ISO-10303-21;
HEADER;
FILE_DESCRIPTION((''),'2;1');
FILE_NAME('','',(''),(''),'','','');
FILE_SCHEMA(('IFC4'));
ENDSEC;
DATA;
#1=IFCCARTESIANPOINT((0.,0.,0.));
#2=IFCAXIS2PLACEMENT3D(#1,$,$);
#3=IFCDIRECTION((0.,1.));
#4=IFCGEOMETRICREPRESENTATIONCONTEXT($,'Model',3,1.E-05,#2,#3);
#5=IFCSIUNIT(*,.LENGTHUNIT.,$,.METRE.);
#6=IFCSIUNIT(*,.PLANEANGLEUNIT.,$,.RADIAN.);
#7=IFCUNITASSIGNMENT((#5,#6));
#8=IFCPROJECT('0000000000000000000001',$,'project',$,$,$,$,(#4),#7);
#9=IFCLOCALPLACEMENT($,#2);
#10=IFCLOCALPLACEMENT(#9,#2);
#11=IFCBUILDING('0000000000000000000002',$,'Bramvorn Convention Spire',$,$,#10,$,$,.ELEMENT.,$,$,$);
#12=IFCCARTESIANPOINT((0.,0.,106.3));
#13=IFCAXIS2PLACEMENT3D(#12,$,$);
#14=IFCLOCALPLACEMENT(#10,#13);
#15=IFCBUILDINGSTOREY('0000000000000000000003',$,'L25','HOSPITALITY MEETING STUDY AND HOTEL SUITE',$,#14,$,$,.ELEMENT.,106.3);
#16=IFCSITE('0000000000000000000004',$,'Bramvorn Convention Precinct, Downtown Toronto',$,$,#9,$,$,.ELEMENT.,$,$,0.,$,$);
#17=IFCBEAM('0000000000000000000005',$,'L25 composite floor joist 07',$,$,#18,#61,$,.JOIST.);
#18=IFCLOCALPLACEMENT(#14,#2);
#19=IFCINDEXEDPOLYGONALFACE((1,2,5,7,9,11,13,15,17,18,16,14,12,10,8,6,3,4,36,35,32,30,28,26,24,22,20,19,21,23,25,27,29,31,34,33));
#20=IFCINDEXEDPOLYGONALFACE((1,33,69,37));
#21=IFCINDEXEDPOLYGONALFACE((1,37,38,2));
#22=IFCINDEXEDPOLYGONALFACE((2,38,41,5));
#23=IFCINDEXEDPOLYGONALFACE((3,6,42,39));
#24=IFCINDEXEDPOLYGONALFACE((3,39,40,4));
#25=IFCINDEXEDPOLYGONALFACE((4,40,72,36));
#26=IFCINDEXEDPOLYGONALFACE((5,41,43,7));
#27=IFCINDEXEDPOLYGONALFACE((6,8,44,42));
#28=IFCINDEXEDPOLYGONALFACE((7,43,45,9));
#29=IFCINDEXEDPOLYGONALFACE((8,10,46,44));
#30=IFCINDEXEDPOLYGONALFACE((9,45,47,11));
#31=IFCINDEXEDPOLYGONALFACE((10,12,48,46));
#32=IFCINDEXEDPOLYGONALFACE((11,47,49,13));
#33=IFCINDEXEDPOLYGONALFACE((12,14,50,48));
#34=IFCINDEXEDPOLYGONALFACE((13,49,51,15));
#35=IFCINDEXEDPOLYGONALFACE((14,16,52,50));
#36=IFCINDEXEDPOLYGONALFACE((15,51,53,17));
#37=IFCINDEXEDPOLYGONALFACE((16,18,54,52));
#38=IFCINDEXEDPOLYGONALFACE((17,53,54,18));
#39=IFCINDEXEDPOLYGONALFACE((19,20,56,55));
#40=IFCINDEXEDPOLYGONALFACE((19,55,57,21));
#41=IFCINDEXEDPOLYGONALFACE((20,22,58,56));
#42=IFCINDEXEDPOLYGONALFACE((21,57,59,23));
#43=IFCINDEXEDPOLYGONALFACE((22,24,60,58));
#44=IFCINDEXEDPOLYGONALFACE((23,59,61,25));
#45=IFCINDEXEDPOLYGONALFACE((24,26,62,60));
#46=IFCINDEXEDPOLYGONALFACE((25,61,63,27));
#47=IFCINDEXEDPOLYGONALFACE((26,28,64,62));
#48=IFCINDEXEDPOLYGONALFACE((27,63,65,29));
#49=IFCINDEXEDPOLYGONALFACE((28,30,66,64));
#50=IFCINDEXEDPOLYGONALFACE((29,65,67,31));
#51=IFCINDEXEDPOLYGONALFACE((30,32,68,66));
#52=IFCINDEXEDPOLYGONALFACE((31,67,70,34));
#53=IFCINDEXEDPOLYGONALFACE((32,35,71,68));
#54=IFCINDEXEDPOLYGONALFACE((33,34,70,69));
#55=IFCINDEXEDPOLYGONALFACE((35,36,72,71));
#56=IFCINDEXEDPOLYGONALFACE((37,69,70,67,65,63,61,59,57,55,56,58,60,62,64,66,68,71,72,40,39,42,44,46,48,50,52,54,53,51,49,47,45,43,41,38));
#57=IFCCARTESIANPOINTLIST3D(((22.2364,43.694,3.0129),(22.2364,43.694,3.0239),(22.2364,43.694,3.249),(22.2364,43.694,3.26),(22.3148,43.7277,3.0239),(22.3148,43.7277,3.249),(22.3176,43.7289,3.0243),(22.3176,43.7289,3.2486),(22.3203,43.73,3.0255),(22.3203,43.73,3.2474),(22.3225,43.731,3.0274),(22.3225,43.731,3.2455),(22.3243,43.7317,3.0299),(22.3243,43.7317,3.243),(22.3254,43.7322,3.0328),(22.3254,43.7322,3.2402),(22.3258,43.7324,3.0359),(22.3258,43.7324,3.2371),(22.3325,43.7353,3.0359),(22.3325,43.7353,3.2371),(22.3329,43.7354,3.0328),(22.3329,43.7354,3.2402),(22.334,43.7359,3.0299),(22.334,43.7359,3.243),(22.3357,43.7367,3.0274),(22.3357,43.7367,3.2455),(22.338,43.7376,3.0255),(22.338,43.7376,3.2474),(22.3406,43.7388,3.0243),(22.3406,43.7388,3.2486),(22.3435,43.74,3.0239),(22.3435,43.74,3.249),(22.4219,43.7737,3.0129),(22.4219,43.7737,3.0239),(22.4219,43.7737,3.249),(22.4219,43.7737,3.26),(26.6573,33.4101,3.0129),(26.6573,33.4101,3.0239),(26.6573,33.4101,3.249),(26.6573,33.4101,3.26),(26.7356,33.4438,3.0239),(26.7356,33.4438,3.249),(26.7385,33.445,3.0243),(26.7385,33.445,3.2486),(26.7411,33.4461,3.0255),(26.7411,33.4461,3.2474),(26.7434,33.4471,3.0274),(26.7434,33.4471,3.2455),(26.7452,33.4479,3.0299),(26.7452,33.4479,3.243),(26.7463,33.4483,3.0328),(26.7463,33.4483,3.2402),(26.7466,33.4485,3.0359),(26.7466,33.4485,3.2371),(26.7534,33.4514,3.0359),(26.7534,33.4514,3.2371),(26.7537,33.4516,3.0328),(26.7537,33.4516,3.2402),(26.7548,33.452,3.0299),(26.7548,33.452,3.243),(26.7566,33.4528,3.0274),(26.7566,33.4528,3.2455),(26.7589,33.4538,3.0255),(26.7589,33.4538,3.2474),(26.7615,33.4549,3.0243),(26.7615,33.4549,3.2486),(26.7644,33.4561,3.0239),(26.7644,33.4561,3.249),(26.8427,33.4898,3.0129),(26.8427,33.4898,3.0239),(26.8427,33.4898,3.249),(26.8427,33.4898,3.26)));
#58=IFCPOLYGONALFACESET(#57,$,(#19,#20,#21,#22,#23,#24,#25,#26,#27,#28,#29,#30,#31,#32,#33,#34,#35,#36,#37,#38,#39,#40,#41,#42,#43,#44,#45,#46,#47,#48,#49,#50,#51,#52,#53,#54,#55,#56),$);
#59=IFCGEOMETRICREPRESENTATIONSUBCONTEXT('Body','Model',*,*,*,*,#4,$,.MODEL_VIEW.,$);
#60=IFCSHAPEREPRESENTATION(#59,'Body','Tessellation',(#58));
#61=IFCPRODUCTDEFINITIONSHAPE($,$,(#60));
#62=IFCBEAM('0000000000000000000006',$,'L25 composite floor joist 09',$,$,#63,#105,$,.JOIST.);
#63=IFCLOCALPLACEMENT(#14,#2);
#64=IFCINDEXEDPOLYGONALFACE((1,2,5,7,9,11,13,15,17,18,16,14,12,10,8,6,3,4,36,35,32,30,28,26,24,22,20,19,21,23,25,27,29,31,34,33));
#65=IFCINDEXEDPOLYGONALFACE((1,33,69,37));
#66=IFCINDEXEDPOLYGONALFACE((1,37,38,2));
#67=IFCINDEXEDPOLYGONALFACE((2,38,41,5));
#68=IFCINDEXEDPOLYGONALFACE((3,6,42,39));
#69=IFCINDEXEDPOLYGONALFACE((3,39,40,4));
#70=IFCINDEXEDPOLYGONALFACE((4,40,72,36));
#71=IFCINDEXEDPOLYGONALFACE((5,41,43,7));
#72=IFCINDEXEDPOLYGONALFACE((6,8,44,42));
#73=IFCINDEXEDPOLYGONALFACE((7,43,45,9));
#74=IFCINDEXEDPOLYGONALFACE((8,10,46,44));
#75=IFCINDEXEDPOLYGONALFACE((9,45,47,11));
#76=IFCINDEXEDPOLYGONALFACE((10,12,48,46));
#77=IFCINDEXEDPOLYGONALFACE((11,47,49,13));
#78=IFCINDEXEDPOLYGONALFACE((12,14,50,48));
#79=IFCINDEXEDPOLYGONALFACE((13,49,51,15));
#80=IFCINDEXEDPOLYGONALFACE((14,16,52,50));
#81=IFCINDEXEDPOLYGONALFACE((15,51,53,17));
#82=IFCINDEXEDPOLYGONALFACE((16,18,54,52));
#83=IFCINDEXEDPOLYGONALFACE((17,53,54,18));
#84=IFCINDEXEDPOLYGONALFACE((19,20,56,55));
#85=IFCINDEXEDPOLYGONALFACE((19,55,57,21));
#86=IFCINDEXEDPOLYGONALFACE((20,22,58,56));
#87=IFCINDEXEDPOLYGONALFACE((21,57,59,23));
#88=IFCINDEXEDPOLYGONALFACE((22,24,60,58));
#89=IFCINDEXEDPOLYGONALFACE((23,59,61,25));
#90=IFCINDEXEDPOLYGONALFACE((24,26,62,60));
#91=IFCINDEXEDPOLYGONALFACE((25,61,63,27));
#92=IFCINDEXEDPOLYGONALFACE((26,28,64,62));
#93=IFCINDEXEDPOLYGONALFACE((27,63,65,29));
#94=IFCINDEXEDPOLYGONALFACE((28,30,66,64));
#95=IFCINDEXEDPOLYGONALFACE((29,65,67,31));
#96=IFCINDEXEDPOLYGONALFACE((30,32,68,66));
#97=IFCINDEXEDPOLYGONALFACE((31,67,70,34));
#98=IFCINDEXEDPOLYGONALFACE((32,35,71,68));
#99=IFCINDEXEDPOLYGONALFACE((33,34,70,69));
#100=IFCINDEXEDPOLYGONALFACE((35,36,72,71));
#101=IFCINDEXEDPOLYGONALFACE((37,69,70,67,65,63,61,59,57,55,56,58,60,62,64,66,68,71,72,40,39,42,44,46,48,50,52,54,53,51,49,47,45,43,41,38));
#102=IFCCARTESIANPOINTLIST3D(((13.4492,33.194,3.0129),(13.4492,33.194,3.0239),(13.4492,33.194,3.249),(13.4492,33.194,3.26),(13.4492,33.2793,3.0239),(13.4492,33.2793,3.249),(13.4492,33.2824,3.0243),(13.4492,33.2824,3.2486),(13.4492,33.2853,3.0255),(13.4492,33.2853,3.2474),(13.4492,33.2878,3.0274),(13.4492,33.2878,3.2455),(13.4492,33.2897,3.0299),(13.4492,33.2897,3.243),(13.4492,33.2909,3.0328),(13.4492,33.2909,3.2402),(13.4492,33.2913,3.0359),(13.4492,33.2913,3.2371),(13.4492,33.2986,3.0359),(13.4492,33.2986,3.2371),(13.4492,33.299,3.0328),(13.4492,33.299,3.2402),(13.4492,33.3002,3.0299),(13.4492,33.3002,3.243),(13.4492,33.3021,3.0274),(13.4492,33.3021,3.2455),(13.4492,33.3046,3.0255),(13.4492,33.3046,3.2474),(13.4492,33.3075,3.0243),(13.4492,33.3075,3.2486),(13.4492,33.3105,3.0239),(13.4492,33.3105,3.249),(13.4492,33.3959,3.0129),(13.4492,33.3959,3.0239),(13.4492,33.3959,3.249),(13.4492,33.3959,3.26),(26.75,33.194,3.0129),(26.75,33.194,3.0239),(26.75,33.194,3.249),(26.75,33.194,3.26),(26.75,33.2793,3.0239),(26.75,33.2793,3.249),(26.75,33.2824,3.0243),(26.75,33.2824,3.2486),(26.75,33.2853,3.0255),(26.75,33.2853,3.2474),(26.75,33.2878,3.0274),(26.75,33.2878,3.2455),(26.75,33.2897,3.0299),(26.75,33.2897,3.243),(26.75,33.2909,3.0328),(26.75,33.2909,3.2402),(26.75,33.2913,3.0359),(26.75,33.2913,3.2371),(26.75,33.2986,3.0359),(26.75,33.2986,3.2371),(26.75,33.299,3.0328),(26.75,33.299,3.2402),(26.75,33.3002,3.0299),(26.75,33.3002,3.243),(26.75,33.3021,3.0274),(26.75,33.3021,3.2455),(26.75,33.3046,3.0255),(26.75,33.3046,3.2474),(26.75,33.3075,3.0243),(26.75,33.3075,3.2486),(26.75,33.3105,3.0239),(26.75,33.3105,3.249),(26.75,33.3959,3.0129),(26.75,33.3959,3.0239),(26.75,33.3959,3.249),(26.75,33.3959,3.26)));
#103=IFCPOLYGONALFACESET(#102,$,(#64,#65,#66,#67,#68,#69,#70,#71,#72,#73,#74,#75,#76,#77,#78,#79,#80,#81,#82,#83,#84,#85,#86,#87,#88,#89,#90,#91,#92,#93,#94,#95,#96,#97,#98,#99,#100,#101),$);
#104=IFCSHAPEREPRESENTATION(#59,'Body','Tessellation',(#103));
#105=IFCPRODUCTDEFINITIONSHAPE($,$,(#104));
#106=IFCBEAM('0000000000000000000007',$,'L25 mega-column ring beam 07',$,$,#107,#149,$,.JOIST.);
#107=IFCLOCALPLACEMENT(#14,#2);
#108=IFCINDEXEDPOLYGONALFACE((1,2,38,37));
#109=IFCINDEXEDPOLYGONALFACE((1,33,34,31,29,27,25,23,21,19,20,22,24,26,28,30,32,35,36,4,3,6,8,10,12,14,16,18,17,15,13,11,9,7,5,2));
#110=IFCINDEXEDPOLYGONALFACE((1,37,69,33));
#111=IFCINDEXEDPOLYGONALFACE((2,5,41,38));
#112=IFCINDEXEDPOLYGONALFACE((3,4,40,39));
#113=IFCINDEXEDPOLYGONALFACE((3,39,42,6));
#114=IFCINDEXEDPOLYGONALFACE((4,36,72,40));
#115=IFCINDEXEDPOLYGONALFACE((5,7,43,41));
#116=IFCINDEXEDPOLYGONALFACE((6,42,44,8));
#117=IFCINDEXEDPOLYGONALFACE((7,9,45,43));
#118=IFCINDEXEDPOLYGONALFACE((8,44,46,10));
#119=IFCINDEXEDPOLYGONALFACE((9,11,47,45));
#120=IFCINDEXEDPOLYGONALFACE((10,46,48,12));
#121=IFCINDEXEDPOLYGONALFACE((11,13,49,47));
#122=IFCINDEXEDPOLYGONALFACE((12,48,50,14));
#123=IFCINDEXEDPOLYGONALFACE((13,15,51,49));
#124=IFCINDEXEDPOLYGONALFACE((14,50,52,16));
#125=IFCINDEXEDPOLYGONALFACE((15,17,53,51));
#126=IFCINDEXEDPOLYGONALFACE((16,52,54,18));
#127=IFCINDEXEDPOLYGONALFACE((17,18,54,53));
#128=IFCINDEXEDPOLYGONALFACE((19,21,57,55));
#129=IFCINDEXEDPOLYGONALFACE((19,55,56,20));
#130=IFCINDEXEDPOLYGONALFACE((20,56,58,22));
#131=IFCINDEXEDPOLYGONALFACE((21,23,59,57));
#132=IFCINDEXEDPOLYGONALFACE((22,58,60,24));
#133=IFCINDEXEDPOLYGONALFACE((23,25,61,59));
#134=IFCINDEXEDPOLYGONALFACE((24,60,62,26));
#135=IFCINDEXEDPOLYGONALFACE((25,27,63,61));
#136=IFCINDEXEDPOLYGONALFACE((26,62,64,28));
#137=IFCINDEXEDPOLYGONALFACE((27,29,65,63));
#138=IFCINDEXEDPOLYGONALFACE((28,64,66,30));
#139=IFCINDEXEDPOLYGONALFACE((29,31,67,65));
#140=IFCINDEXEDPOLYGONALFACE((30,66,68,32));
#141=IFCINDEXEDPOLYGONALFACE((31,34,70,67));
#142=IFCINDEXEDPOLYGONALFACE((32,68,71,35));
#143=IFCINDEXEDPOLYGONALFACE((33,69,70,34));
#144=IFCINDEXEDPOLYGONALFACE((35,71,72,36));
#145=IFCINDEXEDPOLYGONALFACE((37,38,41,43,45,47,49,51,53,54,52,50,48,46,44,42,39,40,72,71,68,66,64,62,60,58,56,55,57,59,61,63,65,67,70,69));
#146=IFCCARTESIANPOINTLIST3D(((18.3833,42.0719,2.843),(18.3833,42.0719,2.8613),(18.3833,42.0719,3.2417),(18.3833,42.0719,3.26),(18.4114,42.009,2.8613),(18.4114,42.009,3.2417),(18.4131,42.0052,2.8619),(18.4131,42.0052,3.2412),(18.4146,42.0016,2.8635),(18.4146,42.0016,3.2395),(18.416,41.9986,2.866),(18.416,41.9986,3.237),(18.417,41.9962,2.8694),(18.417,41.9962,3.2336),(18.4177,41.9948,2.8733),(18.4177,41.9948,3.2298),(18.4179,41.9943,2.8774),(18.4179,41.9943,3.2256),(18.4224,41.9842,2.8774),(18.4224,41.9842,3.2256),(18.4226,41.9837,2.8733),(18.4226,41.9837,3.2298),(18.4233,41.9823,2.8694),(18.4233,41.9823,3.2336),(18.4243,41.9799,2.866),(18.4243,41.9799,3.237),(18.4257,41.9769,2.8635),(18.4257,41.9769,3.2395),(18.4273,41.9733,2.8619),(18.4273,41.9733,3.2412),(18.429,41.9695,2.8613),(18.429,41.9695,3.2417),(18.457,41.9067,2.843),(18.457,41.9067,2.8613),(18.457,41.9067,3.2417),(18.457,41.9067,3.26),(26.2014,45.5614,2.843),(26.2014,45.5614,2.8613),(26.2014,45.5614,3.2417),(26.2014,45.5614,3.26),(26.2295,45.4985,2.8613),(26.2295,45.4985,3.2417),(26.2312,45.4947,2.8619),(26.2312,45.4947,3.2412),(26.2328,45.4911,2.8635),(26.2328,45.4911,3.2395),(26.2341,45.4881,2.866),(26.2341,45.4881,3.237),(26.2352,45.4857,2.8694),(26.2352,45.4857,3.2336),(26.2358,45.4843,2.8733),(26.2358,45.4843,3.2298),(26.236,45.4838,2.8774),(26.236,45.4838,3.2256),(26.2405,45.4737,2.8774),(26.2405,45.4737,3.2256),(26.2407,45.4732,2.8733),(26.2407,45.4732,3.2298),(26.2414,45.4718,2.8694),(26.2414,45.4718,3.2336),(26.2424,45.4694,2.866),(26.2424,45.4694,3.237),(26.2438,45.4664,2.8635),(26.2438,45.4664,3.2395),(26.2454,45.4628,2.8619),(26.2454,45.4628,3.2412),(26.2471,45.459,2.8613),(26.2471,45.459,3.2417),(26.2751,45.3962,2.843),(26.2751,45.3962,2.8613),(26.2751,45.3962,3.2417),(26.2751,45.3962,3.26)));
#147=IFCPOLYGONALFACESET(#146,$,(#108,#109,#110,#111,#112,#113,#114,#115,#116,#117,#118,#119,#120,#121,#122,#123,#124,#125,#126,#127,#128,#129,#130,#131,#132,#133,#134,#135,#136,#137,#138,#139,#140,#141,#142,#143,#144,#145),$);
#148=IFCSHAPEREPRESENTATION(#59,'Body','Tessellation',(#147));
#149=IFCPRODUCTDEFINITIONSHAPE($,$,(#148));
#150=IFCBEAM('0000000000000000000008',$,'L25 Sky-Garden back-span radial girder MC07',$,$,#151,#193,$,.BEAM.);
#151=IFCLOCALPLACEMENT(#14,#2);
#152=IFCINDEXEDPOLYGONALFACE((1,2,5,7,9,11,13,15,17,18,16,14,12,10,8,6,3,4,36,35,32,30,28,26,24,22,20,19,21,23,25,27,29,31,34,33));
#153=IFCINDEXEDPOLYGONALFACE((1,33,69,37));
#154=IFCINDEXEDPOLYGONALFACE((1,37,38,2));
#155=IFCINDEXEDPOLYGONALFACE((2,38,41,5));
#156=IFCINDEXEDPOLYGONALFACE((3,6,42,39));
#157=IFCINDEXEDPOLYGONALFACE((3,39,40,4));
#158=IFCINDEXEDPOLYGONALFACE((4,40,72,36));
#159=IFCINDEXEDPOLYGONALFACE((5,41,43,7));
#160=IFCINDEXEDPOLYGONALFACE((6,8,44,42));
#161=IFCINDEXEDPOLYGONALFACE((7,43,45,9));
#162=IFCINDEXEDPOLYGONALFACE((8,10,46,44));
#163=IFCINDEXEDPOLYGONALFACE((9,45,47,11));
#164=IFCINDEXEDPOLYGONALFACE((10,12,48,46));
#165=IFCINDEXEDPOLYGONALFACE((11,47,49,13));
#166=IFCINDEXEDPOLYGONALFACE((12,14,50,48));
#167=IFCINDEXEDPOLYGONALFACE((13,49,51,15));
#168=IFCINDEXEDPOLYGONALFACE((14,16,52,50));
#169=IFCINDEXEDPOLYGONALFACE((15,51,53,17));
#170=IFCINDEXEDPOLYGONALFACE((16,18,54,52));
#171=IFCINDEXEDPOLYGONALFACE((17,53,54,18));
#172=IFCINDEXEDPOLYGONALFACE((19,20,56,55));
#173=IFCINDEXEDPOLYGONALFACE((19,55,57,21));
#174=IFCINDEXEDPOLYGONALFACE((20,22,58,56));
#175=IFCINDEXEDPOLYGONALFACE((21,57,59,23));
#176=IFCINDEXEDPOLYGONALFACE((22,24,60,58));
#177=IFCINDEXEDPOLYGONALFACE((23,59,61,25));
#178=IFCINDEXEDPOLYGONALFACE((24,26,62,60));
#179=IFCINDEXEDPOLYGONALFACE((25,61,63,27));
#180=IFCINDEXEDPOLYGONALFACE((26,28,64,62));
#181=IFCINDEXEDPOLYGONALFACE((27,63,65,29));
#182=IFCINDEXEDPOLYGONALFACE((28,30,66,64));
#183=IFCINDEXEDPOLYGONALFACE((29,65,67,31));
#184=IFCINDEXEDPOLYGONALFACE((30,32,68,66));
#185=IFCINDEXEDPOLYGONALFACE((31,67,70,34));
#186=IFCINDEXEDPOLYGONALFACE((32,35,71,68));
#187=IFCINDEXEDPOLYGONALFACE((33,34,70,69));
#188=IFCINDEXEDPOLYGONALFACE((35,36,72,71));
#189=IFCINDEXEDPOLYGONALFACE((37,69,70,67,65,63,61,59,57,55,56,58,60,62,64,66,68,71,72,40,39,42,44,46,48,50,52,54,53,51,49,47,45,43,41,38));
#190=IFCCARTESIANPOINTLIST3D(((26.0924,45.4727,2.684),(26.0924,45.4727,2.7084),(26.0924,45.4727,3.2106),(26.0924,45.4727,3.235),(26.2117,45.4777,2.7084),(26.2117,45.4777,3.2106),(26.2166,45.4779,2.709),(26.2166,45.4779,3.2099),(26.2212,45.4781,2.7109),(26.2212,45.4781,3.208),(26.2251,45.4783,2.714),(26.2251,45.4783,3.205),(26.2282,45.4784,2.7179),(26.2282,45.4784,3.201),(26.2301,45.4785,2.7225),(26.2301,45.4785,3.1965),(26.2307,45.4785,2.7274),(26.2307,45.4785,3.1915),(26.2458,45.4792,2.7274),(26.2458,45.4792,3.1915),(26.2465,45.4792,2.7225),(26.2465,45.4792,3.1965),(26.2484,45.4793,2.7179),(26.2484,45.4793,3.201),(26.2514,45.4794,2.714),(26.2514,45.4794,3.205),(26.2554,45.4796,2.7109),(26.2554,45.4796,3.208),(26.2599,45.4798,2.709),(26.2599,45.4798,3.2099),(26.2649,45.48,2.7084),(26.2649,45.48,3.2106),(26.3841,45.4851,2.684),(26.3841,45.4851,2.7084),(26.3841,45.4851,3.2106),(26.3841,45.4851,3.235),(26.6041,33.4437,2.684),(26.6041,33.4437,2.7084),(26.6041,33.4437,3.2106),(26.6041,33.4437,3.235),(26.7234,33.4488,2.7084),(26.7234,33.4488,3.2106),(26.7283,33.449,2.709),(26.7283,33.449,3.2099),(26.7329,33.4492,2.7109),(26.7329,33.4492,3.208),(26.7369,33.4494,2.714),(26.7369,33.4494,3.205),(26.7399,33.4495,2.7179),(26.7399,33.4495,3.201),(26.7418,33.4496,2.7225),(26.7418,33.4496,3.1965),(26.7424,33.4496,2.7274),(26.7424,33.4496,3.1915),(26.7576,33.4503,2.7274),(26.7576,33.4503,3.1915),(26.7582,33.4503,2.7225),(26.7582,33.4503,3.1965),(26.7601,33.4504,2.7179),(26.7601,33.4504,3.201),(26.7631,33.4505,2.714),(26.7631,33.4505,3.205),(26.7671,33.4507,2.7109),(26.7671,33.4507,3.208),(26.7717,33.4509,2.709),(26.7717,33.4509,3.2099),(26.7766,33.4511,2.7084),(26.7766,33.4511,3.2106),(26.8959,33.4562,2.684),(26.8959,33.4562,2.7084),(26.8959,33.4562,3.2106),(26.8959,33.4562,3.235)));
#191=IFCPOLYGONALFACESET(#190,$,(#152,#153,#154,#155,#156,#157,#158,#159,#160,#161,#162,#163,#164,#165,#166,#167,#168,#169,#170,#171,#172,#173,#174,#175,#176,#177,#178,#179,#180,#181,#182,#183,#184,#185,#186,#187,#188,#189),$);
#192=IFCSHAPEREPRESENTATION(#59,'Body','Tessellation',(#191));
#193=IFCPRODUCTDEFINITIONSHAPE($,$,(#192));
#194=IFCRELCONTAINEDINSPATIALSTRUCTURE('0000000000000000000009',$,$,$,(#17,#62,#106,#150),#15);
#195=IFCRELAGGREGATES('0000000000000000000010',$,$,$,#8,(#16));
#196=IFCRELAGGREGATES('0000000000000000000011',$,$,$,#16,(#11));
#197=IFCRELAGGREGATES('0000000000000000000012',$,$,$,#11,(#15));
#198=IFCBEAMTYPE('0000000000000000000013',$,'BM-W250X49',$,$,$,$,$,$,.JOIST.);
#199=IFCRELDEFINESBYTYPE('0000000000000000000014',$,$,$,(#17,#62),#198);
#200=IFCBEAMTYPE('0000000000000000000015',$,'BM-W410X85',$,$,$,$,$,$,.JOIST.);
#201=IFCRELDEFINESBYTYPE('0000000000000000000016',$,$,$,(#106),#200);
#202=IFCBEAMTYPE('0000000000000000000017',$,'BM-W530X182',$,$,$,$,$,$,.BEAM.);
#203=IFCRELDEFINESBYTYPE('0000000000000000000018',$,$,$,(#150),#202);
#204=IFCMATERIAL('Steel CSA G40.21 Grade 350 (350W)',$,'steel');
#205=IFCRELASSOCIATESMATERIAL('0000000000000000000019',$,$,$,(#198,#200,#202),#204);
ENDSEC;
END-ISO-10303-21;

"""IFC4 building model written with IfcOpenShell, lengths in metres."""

from ifc_helpers import new_model, si_unit, direction, frame, origin, origin_2d, place, context, subcontext, project, spatial, i_section, extrude, material, material_profile, profile_set, type_object, element, save


model = new_model("IFC4")

# Units and contexts
model_context = context("Model", 3, precision=1e-05, world=origin(), true_north=direction((0.0, 1.0)))
body_context = subcontext(model_context, "Body", "Model", "MODEL_VIEW")
ifc_project = project(units=[si_unit("LENGTHUNIT", "METRE"), si_unit("PLANEANGLEUNIT", "RADIAN")], contexts=[model_context])

# Site, building, storey
site_placement = place(None, origin())
site = spatial("IfcSite", under=ifc_project, at=site_placement, Name="Bramvorn Convention Precinct, Downtown Toronto", CompositionType="ELEMENT", RefElevation=0.0)
building_placement = place(site_placement, origin())
building = spatial("IfcBuilding", under=site, at=building_placement, Name="Bramvorn Convention Spire", CompositionType="ELEMENT")
storey_placement = place(building_placement, frame((0.0, 0.0, 106.3)))
storey = spatial("IfcBuildingStorey", under=building, at=storey_placement, Name="L25", Description="HOSPITALITY MEETING STUDY AND HOTEL SUITE", CompositionType="ELEMENT", Elevation=106.3)

# Beams
ifc_material_1 = material(Name="Steel CSA G40.21 Grade 350 (350W)", Category="steel")
ifc_material_profile_1 = material_profile(ifc_material_1, i_section(OverallWidth=0.2019, OverallDepth=0.2471, WebThickness=0.0073, FlangeThickness=0.011, FilletRadius=0.012, at=origin_2d()))
ifc_profile_set_1 = profile_set([ifc_material_profile_1], Name="Steel CSA G40.21 Grade 350 (350W) - W250X49")
beam_type_1 = type_object("IfcBeamType", Name="BM-W250X49", PredefinedType="JOIST", material=ifc_profile_set_1)
beam_1_placement = place(storey_placement, frame((26.75, 33.45, 3.1365), z_axis=(-0.394938, 0.918708, 0.0), x_axis=(-0.918708, -0.394938, 0.0)))
element("IfcBeam", 1, at=beam_1_placement, inside=storey, type_object=beam_type_1, Name="L25 composite floor joist 07", PredefinedType="JOIST", context=body_context, shape_type="SweptSolid", body=[
    extrude(i_section(OverallWidth=0.2019, OverallDepth=0.2471, WebThickness=0.0073, FlangeThickness=0.011, FilletRadius=0.012, at=origin_2d()), origin(), (0.0, 0.0, 1.0), 11.1938),
])
beam_2_placement = place(storey_placement, frame((26.75, 33.2949, 3.1365), z_axis=(-1.0, 0.0, 0.0), x_axis=(0.0, -1.0, 0.0)))
element("IfcBeam", 2, at=beam_2_placement, inside=storey, type_object=beam_type_1, Name="L25 composite floor joist 09", PredefinedType="JOIST", context=body_context, shape_type="SweptSolid", body=[
    extrude(i_section(OverallWidth=0.2019, OverallDepth=0.2471, WebThickness=0.0073, FlangeThickness=0.011, FilletRadius=0.012, at=origin_2d()), origin(), (0.0, 0.0, 1.0), 13.3008),
])
ifc_material_profile_2 = material_profile(ifc_material_1, i_section(OverallWidth=0.1809, OverallDepth=0.417, WebThickness=0.011, FlangeThickness=0.0183, FilletRadius=0.0161, at=origin_2d()))
ifc_profile_set_2 = profile_set([ifc_material_profile_2], Name="Steel CSA G40.21 Grade 350 (350W) - W410X85")
beam_type_2 = type_object("IfcBeamType", Name="BM-W410X85", PredefinedType="JOIST", material=ifc_profile_set_2)
beam_3_placement = place(storey_placement, frame((26.2383, 45.4788, 3.0515), z_axis=(-0.91317, -0.40758, 0.0), x_axis=(0.40758, -0.91317, 0.0)))
element("IfcBeam", 3, at=beam_3_placement, inside=storey, type_object=beam_type_2, Name="L25 mega-column ring beam 07", PredefinedType="JOIST", context=body_context, shape_type="SweptSolid", body=[
    extrude(i_section(OverallWidth=0.1809, OverallDepth=0.417, WebThickness=0.011, FlangeThickness=0.0183, FilletRadius=0.0161, at=origin_2d()), origin(), (0.0, 0.0, 1.0), 8.5615),
])
ifc_material_profile_3 = material_profile(ifc_material_1, i_section(OverallWidth=0.292, OverallDepth=0.551, WebThickness=0.0151, FlangeThickness=0.0244, FilletRadius=0.019, at=origin_2d()))
ifc_profile_set_3 = profile_set([ifc_material_profile_3], Name="Steel CSA G40.21 Grade 350 (350W) - W530X182")
beam_type_3 = type_object("IfcBeamType", Name="BM-W530X182", PredefinedType="BEAM", material=ifc_profile_set_3)
beam_4_placement = place(storey_placement, frame((26.75, 33.45, 2.9595), z_axis=(-0.042503, 0.999096, 0.0), x_axis=(-0.999096, -0.042503, 0.0)))
element("IfcBeam", 4, at=beam_4_placement, inside=storey, type_object=beam_type_3, Name="L25 Sky-Garden back-span radial girder MC07", PredefinedType="BEAM", context=body_context, shape_type="SweptSolid", body=[
    extrude(i_section(OverallWidth=0.292, OverallDepth=0.551, WebThickness=0.0151, FlangeThickness=0.0244, FilletRadius=0.019, at=origin_2d()), origin(), (0.0, 0.0, 1.0), 12.0398),
])

save(model, "model.ifc")
